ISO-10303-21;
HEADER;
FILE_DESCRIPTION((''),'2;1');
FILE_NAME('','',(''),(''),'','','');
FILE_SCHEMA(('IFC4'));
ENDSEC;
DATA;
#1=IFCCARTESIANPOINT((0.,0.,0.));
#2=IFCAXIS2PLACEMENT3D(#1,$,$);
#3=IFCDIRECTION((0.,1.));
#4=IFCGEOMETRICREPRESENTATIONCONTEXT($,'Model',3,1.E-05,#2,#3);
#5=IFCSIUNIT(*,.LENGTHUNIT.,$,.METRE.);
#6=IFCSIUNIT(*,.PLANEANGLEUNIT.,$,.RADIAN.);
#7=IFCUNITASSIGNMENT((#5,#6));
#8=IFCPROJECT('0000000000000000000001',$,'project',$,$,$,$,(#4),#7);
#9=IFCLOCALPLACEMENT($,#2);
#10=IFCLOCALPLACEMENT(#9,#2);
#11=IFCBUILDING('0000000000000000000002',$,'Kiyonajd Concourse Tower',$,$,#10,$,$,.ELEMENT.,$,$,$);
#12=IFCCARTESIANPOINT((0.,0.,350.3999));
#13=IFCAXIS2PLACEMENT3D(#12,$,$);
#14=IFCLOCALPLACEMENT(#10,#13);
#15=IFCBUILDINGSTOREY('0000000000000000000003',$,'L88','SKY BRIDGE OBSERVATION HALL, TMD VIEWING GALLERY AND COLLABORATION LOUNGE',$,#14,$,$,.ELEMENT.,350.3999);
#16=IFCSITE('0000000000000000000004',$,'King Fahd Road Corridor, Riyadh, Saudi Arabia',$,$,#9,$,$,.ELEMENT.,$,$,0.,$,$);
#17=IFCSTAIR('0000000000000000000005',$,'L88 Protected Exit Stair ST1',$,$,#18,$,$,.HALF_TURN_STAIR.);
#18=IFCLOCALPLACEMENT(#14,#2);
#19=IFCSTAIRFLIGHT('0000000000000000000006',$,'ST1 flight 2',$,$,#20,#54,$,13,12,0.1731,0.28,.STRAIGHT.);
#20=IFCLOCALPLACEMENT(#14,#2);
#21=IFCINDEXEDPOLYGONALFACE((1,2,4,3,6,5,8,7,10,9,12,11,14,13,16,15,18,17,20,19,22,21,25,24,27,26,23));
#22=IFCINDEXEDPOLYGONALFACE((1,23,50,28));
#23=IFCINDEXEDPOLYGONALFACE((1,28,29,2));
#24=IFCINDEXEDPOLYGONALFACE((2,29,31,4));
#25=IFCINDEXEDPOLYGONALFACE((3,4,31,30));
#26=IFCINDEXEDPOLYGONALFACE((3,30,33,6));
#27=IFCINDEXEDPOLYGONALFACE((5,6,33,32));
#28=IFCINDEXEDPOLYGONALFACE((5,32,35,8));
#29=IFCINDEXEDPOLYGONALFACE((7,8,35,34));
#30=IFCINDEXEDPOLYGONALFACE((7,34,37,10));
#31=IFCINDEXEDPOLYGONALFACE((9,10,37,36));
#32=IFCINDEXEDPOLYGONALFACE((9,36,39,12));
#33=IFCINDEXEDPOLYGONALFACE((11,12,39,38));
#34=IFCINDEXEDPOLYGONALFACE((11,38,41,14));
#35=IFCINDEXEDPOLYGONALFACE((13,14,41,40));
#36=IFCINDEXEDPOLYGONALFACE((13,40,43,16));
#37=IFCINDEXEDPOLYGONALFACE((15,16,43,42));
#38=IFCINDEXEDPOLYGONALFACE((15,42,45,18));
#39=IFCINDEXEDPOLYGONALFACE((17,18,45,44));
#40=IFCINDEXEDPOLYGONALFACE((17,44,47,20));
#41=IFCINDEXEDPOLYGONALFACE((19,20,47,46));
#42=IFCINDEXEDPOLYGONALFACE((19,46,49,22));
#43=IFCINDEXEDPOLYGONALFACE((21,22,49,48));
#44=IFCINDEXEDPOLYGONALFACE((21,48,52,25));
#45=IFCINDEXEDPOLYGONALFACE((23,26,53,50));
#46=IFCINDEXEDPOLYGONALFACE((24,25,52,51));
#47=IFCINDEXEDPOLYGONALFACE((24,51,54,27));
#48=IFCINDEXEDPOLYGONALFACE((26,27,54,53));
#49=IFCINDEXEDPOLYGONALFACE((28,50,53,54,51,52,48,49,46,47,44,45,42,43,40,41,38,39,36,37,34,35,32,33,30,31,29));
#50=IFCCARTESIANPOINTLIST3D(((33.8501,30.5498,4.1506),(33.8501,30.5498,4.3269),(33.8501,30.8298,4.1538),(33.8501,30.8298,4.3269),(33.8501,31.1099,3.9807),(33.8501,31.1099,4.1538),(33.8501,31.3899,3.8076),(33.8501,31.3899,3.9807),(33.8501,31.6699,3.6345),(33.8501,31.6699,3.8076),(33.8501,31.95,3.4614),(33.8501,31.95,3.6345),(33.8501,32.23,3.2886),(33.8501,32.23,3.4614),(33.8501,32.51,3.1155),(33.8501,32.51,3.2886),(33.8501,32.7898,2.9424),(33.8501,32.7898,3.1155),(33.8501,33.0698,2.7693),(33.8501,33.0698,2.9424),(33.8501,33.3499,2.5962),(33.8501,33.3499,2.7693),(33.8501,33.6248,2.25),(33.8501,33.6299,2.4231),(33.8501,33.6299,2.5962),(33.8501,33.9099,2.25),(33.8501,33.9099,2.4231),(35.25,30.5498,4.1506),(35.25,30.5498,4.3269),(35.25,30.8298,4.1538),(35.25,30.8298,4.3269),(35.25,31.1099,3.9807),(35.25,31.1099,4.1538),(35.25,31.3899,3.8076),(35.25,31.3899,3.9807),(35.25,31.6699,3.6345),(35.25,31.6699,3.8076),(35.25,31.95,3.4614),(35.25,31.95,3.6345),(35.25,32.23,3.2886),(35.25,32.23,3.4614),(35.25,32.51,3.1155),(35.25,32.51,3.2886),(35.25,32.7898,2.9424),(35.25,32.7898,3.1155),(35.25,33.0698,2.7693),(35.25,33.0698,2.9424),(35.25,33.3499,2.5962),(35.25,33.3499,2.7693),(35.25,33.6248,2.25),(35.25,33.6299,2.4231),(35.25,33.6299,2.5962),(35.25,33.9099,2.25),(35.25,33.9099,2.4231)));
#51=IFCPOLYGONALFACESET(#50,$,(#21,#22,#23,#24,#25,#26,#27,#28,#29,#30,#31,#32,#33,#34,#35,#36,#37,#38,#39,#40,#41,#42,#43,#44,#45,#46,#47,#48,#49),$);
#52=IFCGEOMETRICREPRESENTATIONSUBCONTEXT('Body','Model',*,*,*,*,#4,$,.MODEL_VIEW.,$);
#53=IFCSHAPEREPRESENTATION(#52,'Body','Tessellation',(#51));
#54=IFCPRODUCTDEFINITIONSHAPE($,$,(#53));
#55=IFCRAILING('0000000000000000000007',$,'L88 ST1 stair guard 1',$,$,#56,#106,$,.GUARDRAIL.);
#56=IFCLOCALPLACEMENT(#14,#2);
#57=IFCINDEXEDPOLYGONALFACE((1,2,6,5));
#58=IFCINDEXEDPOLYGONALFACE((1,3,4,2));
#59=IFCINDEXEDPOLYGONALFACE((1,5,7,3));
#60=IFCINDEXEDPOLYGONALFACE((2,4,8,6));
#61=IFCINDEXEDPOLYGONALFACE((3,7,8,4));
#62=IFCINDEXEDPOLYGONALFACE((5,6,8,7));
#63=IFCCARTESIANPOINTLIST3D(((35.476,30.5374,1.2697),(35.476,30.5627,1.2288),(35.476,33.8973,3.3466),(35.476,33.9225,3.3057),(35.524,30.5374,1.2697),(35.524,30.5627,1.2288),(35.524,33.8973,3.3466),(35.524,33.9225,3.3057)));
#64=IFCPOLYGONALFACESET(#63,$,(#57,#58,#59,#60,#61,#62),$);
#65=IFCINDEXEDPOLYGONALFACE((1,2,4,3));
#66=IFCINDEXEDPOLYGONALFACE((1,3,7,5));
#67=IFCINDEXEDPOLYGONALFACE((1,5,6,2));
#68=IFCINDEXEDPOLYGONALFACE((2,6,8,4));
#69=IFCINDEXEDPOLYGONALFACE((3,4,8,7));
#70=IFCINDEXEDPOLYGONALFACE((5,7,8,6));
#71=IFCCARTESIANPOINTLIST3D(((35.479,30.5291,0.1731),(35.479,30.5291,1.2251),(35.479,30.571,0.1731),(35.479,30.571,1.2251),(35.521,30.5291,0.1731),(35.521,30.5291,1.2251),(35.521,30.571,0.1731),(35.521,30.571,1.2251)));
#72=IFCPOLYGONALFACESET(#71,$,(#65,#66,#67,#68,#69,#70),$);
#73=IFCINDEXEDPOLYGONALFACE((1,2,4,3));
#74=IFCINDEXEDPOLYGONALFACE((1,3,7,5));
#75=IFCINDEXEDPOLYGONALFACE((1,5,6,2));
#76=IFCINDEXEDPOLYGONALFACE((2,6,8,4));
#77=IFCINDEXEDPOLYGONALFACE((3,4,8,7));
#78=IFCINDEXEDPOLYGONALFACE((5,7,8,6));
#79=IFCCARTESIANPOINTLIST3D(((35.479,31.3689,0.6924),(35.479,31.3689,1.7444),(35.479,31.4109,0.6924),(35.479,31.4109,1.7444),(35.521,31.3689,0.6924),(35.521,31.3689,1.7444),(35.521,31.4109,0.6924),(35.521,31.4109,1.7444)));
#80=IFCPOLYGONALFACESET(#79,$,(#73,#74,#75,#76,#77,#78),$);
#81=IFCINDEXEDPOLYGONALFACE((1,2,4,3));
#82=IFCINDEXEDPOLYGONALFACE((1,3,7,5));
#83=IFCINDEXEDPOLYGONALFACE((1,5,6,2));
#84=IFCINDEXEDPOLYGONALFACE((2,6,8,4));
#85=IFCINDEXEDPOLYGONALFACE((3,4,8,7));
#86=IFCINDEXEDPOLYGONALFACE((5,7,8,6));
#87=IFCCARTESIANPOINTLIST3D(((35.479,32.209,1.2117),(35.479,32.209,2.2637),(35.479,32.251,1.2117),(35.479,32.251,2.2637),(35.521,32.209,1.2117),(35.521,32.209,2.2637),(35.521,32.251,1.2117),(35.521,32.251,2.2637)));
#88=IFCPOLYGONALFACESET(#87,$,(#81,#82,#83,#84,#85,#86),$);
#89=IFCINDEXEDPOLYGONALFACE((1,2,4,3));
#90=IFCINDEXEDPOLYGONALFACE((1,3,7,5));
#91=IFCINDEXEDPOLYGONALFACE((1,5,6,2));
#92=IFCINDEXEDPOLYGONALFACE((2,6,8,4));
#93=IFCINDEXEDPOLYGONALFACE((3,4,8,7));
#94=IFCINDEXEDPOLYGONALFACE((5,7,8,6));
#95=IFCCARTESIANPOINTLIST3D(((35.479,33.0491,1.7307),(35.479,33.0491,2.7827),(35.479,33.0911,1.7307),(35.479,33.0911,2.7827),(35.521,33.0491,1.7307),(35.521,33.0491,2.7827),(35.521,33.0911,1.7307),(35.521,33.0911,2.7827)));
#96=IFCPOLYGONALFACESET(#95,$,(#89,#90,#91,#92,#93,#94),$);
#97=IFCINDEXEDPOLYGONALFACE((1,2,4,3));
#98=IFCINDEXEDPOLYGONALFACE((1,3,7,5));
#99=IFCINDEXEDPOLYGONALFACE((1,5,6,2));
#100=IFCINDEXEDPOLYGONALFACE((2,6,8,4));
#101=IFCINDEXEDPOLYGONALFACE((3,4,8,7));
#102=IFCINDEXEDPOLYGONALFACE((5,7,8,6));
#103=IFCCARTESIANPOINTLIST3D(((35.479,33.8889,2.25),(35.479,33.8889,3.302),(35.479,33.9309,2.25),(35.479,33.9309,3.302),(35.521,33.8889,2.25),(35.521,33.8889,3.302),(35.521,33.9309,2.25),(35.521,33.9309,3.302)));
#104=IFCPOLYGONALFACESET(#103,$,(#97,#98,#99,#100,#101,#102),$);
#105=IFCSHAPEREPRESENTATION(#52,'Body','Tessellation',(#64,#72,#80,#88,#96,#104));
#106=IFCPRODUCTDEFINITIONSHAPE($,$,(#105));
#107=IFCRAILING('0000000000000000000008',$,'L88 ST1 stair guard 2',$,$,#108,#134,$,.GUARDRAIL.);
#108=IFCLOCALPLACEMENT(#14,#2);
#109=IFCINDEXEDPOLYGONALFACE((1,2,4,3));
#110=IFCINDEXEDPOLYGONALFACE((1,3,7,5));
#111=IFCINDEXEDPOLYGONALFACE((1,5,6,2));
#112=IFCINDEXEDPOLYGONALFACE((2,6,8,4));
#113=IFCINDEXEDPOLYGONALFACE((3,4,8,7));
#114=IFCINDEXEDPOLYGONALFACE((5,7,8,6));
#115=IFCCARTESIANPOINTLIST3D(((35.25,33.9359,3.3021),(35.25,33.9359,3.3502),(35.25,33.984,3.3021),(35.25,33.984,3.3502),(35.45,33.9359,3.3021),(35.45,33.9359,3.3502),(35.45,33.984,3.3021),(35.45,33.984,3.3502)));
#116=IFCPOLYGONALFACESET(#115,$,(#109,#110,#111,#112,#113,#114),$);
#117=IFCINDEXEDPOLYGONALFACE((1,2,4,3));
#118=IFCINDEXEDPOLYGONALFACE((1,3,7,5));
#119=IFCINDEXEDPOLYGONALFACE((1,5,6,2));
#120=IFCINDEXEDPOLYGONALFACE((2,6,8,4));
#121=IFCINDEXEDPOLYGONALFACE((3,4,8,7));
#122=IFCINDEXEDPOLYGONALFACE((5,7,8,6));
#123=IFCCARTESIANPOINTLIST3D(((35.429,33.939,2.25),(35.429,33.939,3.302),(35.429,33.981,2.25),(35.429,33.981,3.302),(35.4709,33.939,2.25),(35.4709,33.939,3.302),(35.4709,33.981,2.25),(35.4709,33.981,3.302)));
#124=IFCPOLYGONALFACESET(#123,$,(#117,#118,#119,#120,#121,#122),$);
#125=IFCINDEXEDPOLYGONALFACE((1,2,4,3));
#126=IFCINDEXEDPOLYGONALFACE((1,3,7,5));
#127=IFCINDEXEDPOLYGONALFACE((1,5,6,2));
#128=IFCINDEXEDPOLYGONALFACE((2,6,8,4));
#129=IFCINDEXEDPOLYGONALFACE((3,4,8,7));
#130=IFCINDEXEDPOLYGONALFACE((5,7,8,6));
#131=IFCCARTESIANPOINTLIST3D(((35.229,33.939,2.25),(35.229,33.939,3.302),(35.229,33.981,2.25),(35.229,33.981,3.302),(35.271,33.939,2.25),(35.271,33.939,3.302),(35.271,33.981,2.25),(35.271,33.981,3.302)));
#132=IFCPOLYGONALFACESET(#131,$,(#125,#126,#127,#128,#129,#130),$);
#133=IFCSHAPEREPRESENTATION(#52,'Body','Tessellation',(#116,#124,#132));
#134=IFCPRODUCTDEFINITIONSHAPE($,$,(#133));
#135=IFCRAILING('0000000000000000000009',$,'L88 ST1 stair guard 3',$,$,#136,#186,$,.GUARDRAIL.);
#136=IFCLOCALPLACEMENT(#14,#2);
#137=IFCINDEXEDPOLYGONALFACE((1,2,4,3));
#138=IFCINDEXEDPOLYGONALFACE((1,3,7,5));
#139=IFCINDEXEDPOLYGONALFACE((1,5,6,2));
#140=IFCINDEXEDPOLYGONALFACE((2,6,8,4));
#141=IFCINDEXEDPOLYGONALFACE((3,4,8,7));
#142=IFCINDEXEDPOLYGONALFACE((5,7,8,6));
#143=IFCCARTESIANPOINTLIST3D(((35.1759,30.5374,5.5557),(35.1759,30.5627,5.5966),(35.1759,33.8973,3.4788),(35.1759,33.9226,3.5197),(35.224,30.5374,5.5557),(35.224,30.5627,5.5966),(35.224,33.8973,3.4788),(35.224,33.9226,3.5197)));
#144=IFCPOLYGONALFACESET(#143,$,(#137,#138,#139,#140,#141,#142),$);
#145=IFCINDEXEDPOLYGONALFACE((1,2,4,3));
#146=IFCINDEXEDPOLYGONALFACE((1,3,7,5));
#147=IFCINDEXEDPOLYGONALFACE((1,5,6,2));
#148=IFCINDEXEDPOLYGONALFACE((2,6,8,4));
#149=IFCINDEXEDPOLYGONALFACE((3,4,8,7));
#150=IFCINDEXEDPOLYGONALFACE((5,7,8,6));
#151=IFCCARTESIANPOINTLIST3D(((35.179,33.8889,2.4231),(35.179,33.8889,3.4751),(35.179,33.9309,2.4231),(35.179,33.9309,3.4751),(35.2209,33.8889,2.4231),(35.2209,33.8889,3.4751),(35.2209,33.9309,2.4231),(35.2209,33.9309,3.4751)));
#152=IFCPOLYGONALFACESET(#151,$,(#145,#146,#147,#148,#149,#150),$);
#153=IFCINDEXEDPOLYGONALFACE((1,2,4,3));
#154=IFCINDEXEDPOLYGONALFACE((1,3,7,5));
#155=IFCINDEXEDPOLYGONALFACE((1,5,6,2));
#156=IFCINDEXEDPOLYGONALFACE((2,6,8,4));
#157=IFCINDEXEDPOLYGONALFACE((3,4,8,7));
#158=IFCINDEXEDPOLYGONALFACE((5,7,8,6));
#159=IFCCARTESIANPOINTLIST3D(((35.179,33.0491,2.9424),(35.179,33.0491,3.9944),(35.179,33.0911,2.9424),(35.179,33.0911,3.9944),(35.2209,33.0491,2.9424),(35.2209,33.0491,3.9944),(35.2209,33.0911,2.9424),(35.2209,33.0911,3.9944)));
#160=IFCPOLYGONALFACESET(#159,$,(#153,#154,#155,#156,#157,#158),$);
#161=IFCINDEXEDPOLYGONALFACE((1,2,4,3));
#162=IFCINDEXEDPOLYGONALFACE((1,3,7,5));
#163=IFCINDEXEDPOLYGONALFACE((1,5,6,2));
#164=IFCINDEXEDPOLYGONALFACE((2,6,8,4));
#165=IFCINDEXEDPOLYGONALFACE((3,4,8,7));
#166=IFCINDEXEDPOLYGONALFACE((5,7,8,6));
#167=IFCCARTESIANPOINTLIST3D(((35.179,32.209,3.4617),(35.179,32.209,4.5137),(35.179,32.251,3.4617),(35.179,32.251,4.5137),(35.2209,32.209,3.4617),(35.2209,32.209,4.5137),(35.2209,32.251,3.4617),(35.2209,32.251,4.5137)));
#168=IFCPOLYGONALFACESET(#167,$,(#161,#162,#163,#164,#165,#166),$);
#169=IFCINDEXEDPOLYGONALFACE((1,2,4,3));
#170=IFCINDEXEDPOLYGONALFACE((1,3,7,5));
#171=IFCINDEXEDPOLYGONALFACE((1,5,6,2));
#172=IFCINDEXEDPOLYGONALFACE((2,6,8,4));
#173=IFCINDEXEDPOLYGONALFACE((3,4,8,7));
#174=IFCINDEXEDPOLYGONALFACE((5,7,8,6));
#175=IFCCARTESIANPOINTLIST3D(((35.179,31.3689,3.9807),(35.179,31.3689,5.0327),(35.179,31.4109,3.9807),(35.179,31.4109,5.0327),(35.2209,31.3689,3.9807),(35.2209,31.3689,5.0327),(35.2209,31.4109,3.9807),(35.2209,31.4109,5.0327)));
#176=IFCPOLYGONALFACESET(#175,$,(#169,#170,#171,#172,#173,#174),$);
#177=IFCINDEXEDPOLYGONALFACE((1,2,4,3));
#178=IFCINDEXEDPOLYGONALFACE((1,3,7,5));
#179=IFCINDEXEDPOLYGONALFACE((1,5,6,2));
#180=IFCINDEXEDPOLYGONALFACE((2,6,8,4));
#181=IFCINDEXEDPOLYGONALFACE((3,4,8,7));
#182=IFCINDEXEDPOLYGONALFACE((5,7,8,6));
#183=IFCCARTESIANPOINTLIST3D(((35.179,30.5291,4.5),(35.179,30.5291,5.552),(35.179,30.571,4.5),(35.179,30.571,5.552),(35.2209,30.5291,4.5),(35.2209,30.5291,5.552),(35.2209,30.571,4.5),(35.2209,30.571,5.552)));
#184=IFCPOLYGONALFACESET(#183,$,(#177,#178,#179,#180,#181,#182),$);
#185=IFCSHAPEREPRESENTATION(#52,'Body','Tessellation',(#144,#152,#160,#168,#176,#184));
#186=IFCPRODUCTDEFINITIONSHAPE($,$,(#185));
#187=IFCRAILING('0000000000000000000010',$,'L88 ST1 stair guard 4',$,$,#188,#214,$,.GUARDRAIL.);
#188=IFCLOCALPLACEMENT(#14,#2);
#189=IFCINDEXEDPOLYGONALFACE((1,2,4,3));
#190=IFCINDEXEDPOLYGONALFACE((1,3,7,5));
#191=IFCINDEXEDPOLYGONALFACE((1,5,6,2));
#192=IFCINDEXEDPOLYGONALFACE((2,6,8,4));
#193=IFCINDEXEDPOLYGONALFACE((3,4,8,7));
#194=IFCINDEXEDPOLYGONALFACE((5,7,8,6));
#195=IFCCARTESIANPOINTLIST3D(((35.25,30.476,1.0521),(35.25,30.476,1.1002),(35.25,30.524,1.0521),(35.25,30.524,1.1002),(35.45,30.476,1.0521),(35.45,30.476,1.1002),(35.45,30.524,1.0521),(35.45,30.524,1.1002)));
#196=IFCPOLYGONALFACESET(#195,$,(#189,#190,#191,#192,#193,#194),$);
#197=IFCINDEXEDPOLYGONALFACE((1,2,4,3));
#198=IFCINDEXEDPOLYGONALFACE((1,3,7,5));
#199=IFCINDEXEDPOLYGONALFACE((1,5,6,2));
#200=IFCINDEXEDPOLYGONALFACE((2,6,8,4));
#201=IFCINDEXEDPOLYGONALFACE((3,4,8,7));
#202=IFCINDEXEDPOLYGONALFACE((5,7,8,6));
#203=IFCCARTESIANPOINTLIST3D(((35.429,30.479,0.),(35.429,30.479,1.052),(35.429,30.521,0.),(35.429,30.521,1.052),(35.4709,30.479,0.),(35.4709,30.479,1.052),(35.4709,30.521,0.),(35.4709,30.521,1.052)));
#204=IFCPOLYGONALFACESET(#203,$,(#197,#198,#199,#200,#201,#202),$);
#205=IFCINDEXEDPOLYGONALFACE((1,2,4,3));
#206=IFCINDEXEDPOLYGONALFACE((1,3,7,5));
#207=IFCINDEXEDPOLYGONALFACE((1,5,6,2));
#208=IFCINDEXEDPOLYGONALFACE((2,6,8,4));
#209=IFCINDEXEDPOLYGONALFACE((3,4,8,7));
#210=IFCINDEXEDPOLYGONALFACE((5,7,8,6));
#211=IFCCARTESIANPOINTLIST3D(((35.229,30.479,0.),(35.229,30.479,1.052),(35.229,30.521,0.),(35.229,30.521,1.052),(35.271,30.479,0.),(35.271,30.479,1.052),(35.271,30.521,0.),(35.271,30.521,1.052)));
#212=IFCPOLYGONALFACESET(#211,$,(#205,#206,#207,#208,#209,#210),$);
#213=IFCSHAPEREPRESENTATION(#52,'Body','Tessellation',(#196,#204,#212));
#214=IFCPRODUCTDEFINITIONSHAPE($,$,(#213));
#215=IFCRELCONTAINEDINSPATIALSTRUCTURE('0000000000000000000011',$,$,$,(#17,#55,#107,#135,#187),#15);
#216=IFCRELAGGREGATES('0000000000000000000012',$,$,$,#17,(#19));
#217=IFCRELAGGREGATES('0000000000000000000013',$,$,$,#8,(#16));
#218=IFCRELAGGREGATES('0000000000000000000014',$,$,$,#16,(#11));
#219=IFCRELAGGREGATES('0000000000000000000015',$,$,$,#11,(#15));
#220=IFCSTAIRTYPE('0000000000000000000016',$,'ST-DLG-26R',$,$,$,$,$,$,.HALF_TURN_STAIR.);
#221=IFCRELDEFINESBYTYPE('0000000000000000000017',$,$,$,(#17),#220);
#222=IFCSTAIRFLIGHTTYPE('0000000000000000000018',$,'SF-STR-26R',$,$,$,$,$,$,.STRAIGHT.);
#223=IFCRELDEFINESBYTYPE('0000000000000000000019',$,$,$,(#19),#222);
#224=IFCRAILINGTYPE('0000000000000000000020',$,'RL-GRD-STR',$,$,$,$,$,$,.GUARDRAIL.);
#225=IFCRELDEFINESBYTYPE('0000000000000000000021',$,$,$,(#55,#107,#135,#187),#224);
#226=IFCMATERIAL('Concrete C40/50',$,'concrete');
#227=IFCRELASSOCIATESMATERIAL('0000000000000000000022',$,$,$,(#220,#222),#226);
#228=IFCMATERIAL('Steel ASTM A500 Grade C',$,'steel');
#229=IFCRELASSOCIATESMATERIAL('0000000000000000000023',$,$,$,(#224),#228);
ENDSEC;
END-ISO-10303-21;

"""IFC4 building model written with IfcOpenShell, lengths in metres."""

from ifc_helpers import new_model, si_unit, direction, frame, origin, origin_2d, place, context, subcontext, project, spatial, polyline, rectangle, outline, extrude, material, type_object, element, aggregate, save


model = new_model("IFC4")

# Units and contexts
model_context = context("Model", 3, precision=1e-05, world=origin(), true_north=direction((0.0, 1.0)))
body_context = subcontext(model_context, "Body", "Model", "MODEL_VIEW")
ifc_project = project(units=[si_unit("LENGTHUNIT", "METRE"), si_unit("PLANEANGLEUNIT", "RADIAN")], contexts=[model_context])

# Site, building, storey
site_placement = place(None, origin())
site = spatial("IfcSite", under=ifc_project, at=site_placement, Name="King Fahd Road Corridor, Riyadh, Saudi Arabia", CompositionType="ELEMENT", RefElevation=0.0)
building_placement = place(site_placement, origin())
building = spatial("IfcBuilding", under=site, at=building_placement, Name="Kiyonajd Concourse Tower", CompositionType="ELEMENT")
storey_placement = place(building_placement, frame((0.0, 0.0, 350.3999)))
storey = spatial("IfcBuildingStorey", under=building, at=storey_placement, Name="L88", Description="SKY BRIDGE OBSERVATION HALL, TMD VIEWING GALLERY AND COLLABORATION LOUNGE", CompositionType="ELEMENT", Elevation=350.3999)

# Stair, stair flight
ifc_material_1 = material(Name="Concrete C40/50", Category="concrete")
stair_type = type_object("IfcStairType", Name="ST-DLG-26R", PredefinedType="HALF_TURN_STAIR", material=ifc_material_1)
stair_placement = place(storey_placement, origin())
stair = element("IfcStair", 1, at=stair_placement, inside=storey, type_object=stair_type, Name="L88 Protected Exit Stair ST1", PredefinedType="HALF_TURN_STAIR")
stair_flight_type = type_object("IfcStairFlightType", Name="SF-STR-26R", PredefinedType="STRAIGHT", material=ifc_material_1)
stair_flight_1_placement = place(storey_placement, frame((34.55, 33.9099, 2.25), z_axis=(0.0, 0.0, 1.0), x_axis=(0.0, -1.0, 0.0)))
stair_flight_1 = element("IfcStairFlight", 2, at=stair_flight_1_placement, type_object=stair_flight_type, Name="ST1 flight 2", NumberOfRisers=13, NumberOfTreads=12, PredefinedType="STRAIGHT", RiserHeight=0.1731, TreadLength=0.28, context=body_context, shape_type="SweptSolid", body=[
    extrude(outline(polyline([(0.0, 0.0), (0.0, 0.1731), (0.28, 0.1731), (0.28, 0.3462), (0.5601, 0.3462), (0.5601, 0.5193), (0.8401, 0.5193), (0.8401, 0.6924), (1.1201, 0.6924), (1.1201, 0.8655), (1.3999, 0.8655), (1.3999, 1.0386), (1.6799, 1.0386), (1.6799, 1.2114), (1.96, 1.2114), (1.96, 1.3845), (2.24, 1.3845), (2.24, 1.5576), (2.52, 1.5576), (2.52, 1.7307), (2.8, 1.7307), (2.8, 1.9038), (3.0801, 1.9038), (3.0801, 2.0769), (3.3601, 2.0769), (3.3601, 2.25), (3.3601, 1.9006), (0.2852, 0.0), (0.0, 0.0)])), frame((0.0, 0.7, 0.0), z_axis=(0.0, -1.0, 0.0), x_axis=(1.0, 0.0, 0.0)), (0.0, 0.0, 1.0), 1.3999),
])
aggregate(stair, [stair_flight_1])

# Railings
ifc_material_2 = material(Name="Steel ASTM A500 Grade C", Category="steel")
railing_type_1 = type_object("IfcRailingType", Name="RL-GRD-STR", PredefinedType="GUARDRAIL", material=ifc_material_2)
railing_1_placement = place(storey_placement, frame((35.5, 30.55, 0.1731)))
element("IfcRailing", 3, at=railing_1_placement, inside=storey, type_object=railing_type_1, Name="L88 ST1 stair guard 1", PredefinedType="GUARDRAIL", context=body_context, shape_type="SweptSolid", body=[
    extrude(rectangle(XDim=0.0481, YDim=0.0481, at=origin_2d()), frame((0.0, 0.0, 1.0762), z_axis=(0.0, 0.850606, 0.525803), x_axis=(-1.0, 0.0, 0.0)), (0.0, 0.0, 1.0), 3.95),
    extrude(rectangle(XDim=0.042, YDim=0.042, at=origin_2d()), origin(), (0.0, 0.0, 1.0), 1.052),
    extrude(rectangle(XDim=0.042, YDim=0.042, at=origin_2d()), frame((0.0, 0.8398, 0.5193)), (0.0, 0.0, 1.0), 1.052),
    extrude(rectangle(XDim=0.042, YDim=0.042, at=origin_2d()), frame((0.0, 1.6799, 1.0386)), (0.0, 0.0, 1.0), 1.052),
    extrude(rectangle(XDim=0.042, YDim=0.042, at=origin_2d()), frame((0.0, 2.52, 1.5576)), (0.0, 0.0, 1.0), 1.052),
    extrude(rectangle(XDim=0.042, YDim=0.042, at=origin_2d()), frame((0.0, 3.3599, 2.0769)), (0.0, 0.0, 1.0), 1.052),
])
railing_2_placement = place(storey_placement, frame((35.45, 33.96, 2.25)))
element("IfcRailing", 4, at=railing_2_placement, inside=storey, type_object=railing_type_1, Name="L88 ST1 stair guard 2", PredefinedType="GUARDRAIL", context=body_context, shape_type="SweptSolid", body=[
    extrude(rectangle(XDim=0.0481, YDim=0.0481, at=origin_2d()), frame((0.0, 0.0, 1.0762), z_axis=(-1.0, 0.0, 0.0), x_axis=(0.0, -1.0, 0.0)), (0.0, 0.0, 1.0), 0.2),
    extrude(rectangle(XDim=0.042, YDim=0.042, at=origin_2d()), origin(), (0.0, 0.0, 1.0), 1.052),
    extrude(rectangle(XDim=0.042, YDim=0.042, at=origin_2d()), frame((-0.2, 0.0, 0.0)), (0.0, 0.0, 1.0), 1.052),
])
railing_3_placement = place(storey_placement, frame((35.2, 33.9099, 2.4231)))
element("IfcRailing", 5, at=railing_3_placement, inside=storey, type_object=railing_type_1, Name="L88 ST1 stair guard 3", PredefinedType="GUARDRAIL", context=body_context, shape_type="SweptSolid", body=[
    extrude(rectangle(XDim=0.0481, YDim=0.0481, at=origin_2d()), frame((0.0, 0.0, 1.0762), z_axis=(0.0, -0.850606, 0.525803), x_axis=(1.0, 0.0, 0.0)), (0.0, 0.0, 1.0), 3.95),
    extrude(rectangle(XDim=0.042, YDim=0.042, at=origin_2d()), origin(), (0.0, 0.0, 1.0), 1.052),
    extrude(rectangle(XDim=0.042, YDim=0.042, at=origin_2d()), frame((0.0, -0.8398, 0.5193)), (0.0, 0.0, 1.0), 1.052),
    extrude(rectangle(XDim=0.042, YDim=0.042, at=origin_2d()), frame((0.0, -1.6799, 1.0386)), (0.0, 0.0, 1.0), 1.052),
    extrude(rectangle(XDim=0.042, YDim=0.042, at=origin_2d()), frame((0.0, -2.52, 1.5576)), (0.0, 0.0, 1.0), 1.052),
    extrude(rectangle(XDim=0.042, YDim=0.042, at=origin_2d()), frame((0.0, -3.3599, 2.0769)), (0.0, 0.0, 1.0), 1.052),
])
railing_4_placement = place(storey_placement, frame((35.45, 30.5, 0.0)))
element("IfcRailing", 6, at=railing_4_placement, inside=storey, type_object=railing_type_1, Name="L88 ST1 stair guard 4", PredefinedType="GUARDRAIL", context=body_context, shape_type="SweptSolid", body=[
    extrude(rectangle(XDim=0.0481, YDim=0.0481, at=origin_2d()), frame((0.0, 0.0, 1.0762), z_axis=(-1.0, 0.0, 0.0), x_axis=(0.0, -1.0, 0.0)), (0.0, 0.0, 1.0), 0.2),
    extrude(rectangle(XDim=0.042, YDim=0.042, at=origin_2d()), origin(), (0.0, 0.0, 1.0), 1.052),
    extrude(rectangle(XDim=0.042, YDim=0.042, at=origin_2d()), frame((-0.2, 0.0, 0.0)), (0.0, 0.0, 1.0), 1.052),
])

save(model, "model.ifc")
